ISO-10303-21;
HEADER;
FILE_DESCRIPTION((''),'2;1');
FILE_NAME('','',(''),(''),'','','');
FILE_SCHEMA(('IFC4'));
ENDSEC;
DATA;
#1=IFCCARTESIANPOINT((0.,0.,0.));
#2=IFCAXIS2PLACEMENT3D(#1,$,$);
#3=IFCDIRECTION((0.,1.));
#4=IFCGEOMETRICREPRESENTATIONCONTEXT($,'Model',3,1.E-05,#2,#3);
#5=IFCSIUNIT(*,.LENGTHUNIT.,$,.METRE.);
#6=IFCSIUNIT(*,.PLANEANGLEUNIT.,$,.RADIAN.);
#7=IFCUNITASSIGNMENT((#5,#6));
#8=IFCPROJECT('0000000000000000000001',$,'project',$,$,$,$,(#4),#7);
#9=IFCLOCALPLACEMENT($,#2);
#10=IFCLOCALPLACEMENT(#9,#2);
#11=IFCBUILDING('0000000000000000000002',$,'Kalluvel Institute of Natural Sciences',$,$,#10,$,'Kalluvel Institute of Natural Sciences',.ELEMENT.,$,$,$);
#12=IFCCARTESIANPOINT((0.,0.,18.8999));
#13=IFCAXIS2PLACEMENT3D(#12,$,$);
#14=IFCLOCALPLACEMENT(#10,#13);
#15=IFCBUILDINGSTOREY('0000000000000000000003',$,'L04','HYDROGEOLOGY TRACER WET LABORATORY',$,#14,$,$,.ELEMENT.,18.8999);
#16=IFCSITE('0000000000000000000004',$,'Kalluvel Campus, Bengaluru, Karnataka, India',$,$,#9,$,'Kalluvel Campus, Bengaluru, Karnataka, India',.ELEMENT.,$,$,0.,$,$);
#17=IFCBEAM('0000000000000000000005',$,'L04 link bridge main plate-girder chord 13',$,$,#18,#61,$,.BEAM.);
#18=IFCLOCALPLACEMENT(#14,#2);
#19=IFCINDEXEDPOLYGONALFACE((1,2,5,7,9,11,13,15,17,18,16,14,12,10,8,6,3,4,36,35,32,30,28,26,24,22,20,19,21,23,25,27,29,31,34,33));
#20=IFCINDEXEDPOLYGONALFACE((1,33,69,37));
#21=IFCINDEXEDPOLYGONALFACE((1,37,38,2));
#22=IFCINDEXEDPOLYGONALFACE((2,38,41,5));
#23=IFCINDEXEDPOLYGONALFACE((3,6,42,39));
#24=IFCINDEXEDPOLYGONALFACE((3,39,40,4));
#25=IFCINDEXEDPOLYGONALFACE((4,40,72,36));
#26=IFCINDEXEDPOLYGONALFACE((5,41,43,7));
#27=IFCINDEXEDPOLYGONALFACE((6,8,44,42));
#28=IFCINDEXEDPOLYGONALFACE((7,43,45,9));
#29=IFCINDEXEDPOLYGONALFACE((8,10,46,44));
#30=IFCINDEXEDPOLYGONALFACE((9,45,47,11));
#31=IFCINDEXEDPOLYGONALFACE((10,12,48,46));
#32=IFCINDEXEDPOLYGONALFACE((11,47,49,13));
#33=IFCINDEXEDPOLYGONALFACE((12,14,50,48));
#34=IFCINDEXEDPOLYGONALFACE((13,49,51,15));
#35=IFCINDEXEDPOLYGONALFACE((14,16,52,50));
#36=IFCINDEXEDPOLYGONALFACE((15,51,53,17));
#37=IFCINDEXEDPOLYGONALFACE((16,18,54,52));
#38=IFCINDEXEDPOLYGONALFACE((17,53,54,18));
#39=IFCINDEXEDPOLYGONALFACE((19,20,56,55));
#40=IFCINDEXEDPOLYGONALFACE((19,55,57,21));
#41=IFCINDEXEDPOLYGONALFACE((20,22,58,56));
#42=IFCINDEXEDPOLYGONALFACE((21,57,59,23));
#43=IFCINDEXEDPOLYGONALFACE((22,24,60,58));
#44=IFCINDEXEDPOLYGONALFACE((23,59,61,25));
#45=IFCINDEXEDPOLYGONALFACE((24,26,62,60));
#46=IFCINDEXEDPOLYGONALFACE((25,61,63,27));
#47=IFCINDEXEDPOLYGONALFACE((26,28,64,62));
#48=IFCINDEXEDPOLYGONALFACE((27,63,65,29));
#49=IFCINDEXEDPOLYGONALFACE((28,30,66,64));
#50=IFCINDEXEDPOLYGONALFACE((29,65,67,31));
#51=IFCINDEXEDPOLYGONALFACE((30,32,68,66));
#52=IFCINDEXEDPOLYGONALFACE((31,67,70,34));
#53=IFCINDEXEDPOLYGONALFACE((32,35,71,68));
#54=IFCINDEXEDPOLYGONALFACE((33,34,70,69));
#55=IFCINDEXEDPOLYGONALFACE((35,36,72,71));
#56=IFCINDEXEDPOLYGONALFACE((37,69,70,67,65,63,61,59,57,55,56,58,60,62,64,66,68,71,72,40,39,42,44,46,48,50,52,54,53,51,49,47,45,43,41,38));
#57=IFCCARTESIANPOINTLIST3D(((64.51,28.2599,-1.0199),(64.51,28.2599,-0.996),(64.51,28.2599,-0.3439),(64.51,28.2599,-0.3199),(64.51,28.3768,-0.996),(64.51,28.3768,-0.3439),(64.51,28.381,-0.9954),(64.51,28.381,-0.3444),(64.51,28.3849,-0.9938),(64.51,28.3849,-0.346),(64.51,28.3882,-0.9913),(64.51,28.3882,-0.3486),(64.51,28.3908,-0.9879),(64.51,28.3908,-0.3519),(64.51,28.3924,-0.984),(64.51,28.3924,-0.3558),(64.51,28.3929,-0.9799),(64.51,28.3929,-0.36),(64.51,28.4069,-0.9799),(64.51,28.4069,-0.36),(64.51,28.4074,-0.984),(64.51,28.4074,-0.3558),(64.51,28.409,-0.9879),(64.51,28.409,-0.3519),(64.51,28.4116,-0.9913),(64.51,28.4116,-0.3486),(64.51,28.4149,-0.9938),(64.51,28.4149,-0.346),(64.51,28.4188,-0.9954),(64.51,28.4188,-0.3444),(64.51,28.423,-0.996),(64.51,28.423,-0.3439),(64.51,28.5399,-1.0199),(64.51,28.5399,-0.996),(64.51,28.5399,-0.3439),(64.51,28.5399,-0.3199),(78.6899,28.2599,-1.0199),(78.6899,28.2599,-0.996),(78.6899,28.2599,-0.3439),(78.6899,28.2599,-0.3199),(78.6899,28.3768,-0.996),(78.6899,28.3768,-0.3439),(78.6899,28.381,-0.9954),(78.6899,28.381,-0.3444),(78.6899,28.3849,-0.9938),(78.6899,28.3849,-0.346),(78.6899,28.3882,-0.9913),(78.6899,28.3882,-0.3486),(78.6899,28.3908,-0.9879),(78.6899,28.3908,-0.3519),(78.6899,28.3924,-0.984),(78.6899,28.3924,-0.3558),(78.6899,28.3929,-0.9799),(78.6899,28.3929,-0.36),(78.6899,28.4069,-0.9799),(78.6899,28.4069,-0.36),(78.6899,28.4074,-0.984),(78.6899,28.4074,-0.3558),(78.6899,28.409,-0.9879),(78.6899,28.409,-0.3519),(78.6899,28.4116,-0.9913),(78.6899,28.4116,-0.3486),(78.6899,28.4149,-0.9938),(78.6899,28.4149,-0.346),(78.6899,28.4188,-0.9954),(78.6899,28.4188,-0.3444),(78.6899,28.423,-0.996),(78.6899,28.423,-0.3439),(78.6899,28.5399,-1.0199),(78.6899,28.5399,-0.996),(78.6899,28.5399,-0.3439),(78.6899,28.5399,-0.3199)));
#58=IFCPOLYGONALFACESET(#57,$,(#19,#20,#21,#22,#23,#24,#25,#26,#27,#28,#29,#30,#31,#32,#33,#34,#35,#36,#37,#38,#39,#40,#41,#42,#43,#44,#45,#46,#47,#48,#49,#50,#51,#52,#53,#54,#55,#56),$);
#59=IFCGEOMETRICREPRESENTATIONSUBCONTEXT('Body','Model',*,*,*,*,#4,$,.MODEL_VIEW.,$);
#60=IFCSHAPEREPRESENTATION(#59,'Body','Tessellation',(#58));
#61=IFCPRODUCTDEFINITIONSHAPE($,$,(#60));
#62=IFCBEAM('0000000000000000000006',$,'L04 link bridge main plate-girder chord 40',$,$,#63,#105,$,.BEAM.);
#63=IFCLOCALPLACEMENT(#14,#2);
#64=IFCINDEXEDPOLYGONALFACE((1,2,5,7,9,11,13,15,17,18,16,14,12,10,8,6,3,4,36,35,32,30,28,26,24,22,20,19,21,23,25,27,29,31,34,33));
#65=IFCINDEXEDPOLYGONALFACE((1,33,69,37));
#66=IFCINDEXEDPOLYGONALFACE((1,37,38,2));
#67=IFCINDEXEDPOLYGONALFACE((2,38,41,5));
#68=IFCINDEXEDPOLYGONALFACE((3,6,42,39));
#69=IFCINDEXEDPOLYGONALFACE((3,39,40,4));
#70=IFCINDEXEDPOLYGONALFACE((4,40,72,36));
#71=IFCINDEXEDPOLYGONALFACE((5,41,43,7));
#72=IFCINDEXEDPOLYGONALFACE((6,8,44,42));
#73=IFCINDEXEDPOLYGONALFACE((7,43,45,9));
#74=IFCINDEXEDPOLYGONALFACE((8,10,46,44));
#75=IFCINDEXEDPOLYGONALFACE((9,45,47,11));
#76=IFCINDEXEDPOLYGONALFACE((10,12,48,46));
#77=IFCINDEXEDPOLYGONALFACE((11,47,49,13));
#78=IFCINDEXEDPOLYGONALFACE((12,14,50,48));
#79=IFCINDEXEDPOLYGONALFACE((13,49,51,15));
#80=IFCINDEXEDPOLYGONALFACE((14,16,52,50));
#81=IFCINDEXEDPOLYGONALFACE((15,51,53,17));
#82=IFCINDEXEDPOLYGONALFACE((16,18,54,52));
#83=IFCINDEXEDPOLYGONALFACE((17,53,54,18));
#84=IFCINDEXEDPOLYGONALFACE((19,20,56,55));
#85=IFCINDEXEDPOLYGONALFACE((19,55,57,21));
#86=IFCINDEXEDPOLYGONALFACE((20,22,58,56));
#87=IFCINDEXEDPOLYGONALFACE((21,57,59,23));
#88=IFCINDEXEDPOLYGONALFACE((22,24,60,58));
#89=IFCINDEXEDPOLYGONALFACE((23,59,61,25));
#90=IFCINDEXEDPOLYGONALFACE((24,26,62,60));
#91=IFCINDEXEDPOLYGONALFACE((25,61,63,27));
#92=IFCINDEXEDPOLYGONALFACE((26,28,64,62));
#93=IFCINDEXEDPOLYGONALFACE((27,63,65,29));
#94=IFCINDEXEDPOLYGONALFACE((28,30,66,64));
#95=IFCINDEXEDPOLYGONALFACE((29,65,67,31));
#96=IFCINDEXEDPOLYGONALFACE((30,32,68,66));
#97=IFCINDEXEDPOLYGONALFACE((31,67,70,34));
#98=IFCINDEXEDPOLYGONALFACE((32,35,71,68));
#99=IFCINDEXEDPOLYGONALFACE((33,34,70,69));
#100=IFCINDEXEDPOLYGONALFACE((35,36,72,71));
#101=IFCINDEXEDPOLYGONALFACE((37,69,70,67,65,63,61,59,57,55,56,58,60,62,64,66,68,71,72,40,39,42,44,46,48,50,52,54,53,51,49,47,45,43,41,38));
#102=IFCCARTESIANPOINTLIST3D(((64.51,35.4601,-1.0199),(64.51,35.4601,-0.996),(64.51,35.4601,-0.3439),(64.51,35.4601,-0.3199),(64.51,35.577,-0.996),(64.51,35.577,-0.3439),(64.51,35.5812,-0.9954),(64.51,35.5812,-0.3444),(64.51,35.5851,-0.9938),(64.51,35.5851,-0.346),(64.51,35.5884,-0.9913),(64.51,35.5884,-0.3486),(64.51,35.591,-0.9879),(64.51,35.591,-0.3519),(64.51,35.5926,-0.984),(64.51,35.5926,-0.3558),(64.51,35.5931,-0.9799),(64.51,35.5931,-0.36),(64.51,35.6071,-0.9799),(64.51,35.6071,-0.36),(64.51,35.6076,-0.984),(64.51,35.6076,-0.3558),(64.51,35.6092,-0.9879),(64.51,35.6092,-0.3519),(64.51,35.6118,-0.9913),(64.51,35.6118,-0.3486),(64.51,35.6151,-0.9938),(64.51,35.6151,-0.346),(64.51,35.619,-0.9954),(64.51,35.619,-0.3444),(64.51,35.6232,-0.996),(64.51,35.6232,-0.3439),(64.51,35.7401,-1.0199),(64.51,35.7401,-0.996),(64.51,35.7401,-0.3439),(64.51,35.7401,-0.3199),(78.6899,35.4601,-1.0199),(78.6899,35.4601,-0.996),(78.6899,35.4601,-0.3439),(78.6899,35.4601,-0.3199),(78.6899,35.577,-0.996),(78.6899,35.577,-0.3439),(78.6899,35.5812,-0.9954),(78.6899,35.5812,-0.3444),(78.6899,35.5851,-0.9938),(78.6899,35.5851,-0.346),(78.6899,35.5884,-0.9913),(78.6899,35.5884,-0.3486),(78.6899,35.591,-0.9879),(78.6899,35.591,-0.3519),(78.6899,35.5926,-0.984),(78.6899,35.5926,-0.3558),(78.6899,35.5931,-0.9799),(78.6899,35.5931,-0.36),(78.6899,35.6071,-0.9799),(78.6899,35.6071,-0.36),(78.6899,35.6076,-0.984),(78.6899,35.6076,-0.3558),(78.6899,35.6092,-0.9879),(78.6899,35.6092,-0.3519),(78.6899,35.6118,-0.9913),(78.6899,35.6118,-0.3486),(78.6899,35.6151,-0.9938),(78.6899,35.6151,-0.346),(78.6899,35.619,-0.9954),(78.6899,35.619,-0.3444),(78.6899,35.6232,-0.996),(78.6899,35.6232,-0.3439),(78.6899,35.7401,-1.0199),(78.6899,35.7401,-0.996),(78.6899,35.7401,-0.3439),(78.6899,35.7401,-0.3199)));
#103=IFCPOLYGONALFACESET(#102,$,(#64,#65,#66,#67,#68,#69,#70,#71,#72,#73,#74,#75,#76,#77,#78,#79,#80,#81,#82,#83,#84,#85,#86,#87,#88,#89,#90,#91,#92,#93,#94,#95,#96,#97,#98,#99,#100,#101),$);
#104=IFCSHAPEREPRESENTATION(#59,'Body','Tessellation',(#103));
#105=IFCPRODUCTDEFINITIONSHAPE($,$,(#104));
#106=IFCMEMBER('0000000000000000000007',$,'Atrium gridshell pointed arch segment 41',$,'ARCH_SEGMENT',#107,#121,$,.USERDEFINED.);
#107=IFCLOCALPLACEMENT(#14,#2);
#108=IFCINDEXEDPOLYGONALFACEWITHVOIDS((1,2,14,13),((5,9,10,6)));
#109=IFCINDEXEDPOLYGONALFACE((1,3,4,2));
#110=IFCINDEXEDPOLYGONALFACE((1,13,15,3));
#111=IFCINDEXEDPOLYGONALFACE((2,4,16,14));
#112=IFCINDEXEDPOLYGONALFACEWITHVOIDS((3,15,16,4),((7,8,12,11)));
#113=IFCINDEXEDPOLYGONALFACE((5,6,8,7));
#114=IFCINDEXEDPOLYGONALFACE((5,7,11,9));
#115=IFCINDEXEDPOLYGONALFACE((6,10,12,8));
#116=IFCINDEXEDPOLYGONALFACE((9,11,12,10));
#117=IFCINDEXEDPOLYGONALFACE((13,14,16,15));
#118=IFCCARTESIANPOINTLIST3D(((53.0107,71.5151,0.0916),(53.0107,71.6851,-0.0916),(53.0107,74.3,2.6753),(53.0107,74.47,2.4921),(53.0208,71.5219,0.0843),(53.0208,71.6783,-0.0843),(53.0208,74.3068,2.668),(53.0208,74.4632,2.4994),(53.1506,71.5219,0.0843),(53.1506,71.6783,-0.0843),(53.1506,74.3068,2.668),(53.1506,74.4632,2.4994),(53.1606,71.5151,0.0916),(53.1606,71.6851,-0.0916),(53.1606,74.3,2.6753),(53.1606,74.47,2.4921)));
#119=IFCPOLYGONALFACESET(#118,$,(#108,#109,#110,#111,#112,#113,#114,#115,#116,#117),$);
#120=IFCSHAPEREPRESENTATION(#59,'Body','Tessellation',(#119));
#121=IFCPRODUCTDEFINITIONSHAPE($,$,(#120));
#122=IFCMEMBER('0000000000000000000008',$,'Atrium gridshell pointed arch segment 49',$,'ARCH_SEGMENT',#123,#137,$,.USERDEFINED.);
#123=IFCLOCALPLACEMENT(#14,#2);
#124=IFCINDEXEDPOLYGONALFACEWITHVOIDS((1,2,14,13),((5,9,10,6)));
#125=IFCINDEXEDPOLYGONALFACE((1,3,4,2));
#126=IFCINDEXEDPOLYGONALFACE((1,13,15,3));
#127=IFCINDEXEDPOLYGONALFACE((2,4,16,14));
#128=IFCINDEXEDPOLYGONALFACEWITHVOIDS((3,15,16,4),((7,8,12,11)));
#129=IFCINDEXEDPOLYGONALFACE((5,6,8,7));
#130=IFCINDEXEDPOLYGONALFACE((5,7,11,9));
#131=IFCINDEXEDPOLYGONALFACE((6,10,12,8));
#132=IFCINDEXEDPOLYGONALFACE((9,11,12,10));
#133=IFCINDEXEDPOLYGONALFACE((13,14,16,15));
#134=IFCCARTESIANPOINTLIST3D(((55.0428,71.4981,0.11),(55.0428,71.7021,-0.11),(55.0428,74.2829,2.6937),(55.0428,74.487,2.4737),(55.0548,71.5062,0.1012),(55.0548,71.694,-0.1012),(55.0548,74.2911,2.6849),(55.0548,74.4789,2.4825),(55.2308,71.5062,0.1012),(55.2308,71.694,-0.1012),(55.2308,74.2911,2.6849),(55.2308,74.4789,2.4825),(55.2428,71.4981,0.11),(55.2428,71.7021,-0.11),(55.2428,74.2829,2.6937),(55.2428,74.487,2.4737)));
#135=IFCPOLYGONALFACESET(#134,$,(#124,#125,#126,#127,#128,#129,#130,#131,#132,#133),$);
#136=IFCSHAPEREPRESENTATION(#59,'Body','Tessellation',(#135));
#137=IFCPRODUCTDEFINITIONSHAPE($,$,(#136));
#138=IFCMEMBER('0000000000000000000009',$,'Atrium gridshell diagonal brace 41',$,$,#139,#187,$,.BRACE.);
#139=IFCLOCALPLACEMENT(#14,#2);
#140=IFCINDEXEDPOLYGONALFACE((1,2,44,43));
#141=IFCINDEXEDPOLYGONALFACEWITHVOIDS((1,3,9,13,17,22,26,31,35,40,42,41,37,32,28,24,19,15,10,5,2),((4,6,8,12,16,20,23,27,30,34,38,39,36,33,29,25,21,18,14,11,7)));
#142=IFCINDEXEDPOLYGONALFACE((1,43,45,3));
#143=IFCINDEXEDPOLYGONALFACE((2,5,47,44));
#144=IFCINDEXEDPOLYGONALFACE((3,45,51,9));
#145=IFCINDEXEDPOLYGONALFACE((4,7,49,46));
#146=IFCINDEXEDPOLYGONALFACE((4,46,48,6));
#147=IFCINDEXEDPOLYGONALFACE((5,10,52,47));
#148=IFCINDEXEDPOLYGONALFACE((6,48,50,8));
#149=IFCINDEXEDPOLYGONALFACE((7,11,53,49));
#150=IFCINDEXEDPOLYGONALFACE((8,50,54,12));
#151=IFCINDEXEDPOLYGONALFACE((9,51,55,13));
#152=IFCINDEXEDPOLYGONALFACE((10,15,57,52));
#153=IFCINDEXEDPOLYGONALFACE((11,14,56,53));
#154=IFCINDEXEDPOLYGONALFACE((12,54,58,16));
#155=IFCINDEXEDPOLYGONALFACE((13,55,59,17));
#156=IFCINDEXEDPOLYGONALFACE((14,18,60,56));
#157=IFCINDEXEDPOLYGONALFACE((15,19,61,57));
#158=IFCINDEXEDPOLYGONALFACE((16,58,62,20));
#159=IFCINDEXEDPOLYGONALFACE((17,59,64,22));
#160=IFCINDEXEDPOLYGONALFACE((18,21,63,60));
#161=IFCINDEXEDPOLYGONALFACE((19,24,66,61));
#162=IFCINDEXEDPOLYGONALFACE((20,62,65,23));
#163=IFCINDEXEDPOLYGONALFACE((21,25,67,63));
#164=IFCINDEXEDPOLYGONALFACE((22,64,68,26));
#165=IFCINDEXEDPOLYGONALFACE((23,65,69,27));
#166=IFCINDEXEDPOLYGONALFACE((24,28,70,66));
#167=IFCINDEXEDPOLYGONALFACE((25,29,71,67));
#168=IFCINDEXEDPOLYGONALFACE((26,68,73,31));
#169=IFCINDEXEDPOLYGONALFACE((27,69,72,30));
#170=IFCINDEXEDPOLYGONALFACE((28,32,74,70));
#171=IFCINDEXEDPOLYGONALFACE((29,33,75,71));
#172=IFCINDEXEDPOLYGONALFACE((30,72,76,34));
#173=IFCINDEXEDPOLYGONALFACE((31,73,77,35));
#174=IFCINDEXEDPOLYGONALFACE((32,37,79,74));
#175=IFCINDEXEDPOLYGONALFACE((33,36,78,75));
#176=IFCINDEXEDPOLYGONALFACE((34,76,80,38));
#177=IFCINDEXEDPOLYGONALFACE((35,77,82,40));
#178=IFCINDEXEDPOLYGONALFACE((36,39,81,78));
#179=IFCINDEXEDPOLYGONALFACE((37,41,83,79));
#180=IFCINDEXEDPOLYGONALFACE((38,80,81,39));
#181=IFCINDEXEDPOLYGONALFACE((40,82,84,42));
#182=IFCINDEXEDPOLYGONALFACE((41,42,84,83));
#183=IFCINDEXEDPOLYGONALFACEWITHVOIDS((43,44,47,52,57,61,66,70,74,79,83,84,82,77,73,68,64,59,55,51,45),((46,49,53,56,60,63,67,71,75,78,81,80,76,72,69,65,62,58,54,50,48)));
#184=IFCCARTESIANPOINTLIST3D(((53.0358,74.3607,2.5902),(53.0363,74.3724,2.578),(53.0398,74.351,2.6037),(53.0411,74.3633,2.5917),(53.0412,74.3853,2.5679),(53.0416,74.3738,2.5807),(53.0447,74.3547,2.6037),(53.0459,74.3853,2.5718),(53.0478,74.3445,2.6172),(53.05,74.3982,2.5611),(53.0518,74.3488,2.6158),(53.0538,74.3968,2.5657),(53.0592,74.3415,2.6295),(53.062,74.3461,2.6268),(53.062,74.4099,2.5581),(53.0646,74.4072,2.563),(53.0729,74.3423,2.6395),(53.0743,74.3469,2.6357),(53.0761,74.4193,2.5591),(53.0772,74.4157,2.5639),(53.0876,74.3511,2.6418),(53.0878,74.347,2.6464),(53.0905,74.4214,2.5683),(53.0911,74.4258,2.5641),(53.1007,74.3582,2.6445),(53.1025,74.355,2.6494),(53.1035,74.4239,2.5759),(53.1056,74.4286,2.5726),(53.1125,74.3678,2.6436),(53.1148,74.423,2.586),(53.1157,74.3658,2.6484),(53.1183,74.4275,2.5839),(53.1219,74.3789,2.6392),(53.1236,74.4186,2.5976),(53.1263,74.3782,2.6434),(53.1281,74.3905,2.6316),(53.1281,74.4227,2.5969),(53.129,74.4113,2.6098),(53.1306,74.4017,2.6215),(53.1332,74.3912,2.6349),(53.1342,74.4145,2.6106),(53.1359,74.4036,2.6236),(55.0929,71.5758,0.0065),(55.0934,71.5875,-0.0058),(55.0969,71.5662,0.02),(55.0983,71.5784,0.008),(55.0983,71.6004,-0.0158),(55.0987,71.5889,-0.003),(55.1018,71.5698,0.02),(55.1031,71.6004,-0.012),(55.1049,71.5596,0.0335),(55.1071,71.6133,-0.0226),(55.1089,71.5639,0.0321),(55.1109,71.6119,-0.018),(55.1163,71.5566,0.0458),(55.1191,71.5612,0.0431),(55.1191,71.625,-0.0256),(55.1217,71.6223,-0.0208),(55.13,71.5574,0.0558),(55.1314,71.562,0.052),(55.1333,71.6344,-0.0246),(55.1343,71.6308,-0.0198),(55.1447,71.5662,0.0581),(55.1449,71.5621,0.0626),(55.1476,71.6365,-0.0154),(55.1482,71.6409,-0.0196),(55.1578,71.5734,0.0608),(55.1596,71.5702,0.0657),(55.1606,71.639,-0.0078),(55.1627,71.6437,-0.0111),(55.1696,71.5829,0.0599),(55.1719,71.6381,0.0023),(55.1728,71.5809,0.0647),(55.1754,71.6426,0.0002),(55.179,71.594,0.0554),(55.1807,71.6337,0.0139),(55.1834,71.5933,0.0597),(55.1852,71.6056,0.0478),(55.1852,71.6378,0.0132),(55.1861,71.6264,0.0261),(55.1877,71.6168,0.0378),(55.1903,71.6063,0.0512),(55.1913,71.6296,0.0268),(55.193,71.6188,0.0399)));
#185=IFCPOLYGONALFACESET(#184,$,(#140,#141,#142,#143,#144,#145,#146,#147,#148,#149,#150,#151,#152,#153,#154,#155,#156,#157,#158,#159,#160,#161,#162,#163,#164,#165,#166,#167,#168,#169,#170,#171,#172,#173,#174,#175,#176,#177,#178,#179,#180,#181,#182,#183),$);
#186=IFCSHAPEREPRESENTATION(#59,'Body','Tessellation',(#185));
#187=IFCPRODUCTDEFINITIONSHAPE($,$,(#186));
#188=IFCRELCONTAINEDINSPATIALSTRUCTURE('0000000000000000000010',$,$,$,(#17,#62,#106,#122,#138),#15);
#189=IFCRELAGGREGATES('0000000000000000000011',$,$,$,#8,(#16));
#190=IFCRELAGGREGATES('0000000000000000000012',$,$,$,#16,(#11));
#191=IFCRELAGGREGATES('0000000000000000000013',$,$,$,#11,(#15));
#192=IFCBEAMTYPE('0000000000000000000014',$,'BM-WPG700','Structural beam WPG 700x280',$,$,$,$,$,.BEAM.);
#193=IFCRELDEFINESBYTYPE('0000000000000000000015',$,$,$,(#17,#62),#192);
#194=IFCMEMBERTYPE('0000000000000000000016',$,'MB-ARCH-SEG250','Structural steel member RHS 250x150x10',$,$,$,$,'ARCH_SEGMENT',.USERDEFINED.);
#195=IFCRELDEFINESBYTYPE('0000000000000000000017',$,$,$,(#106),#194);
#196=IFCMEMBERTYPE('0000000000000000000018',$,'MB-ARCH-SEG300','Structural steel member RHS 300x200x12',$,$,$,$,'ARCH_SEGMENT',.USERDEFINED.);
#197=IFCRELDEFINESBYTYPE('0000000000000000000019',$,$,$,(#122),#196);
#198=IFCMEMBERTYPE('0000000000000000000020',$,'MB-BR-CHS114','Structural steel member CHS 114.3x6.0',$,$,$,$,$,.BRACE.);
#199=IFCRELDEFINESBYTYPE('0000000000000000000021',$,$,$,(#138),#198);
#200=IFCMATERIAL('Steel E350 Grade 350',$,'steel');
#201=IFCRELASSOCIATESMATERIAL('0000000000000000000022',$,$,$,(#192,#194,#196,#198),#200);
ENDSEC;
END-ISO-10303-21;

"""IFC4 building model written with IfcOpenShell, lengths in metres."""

from ifc_helpers import new_model, si_unit, direction, frame, origin, origin_2d, place, context, subcontext, project, spatial, hollow_rectangle, hollow_circle, i_section, extrude, material, material_profile, profile_set, type_object, element, save


model = new_model("IFC4")

# Units and contexts
model_context = context("Model", 3, precision=1e-05, world=origin(), true_north=direction((0.0, 1.0)))
body_context = subcontext(model_context, "Body", "Model", "MODEL_VIEW")
ifc_project = project(units=[si_unit("LENGTHUNIT", "METRE"), si_unit("PLANEANGLEUNIT", "RADIAN")], contexts=[model_context])

# Site, building, storey
site_placement = place(None, origin())
site = spatial("IfcSite", under=ifc_project, at=site_placement, Name="Kalluvel Campus, Bengaluru, Karnataka, India", LongName="Kalluvel Campus, Bengaluru, Karnataka, India", CompositionType="ELEMENT", RefElevation=0.0)
building_placement = place(site_placement, origin())
building = spatial("IfcBuilding", under=site, at=building_placement, Name="Kalluvel Institute of Natural Sciences", LongName="Kalluvel Institute of Natural Sciences", CompositionType="ELEMENT")
storey_placement = place(building_placement, frame((0.0, 0.0, 18.8999)))
storey = spatial("IfcBuildingStorey", under=building, at=storey_placement, Name="L04", Description="HYDROGEOLOGY TRACER WET LABORATORY", CompositionType="ELEMENT", Elevation=18.8999)

# Beams
ifc_material_1 = material(Name="Steel E350 Grade 350", Category="steel")
ifc_material_profile_1 = material_profile(ifc_material_1, i_section(OverallWidth=0.28, OverallDepth=0.7, WebThickness=0.0139, FlangeThickness=0.0239, FilletRadius=0.0161, at=origin_2d()), Name="WPG 700x280")
ifc_profile_set_1 = profile_set([ifc_material_profile_1], Name="Steel E350 Grade 350")
beam_type_1 = type_object("IfcBeamType", Name="BM-WPG700", Description="Structural beam WPG 700x280", PredefinedType="BEAM", material=ifc_profile_set_1)
for number, where, z_axis, x_axis, name in (
    (1, (64.51, 28.3999, -0.6699), (1.0, 0.0, 0.0), (0.0, 1.0, 0.0), "L04 link bridge main plate-girder chord 13"),
    (2, (64.51, 35.6001, -0.6699), (1.0, 0.0, 0.0), (0.0, 1.0, 0.0), "L04 link bridge main plate-girder chord 40"),
):
    element("IfcBeam", number, at=place(storey_placement, frame(where, z_axis=z_axis, x_axis=x_axis)), inside=storey, type_object=beam_type_1, Name=name, PredefinedType="BEAM", context=body_context, shape_type="SweptSolid", body=[
        extrude(i_section(OverallWidth=0.28, OverallDepth=0.7, WebThickness=0.0139, FlangeThickness=0.0239, FilletRadius=0.0161, at=origin_2d()), origin(), (0.0, 0.0, 1.0), 14.1799),
    ])

# Members
ifc_material_profile_2 = material_profile(ifc_material_1, hollow_rectangle(XDim=0.1499, YDim=0.25, WallThickness=0.01, at=origin_2d()), Name="RHS 250x150x10")
ifc_profile_set_2 = profile_set([ifc_material_profile_2], Name="Steel E350 Grade 350")
member_type_1 = type_object("IfcMemberType", Name="MB-ARCH-SEG250", Description="Structural steel member RHS 250x150x10", ElementType="ARCH_SEGMENT", PredefinedType="USERDEFINED", material=ifc_profile_set_2)
member_1_placement = place(storey_placement, frame((53.0857, 71.6001, 0.0), z_axis=(0.0, 0.733089, 0.680133), x_axis=(-1.0, 0.0, 0.0)))
element("IfcMember", 3, at=member_1_placement, inside=storey, type_object=member_type_1, Name="Atrium gridshell pointed arch segment 41", ObjectType="ARCH_SEGMENT", PredefinedType="USERDEFINED", context=body_context, shape_type="SweptSolid", body=[
    extrude(hollow_rectangle(XDim=0.1499, YDim=0.25, WallThickness=0.01, at=origin_2d()), origin(), (0.0, 0.0, 1.0), 3.7988),
])
ifc_material_profile_3 = material_profile(ifc_material_1, hollow_rectangle(XDim=0.2, YDim=0.3, WallThickness=0.012, at=origin_2d()), Name="RHS 300x200x12")
ifc_profile_set_3 = profile_set([ifc_material_profile_3], Name="Steel E350 Grade 350")
member_type_2 = type_object("IfcMemberType", Name="MB-ARCH-SEG300", Description="Structural steel member RHS 300x200x12", ElementType="ARCH_SEGMENT", PredefinedType="USERDEFINED", material=ifc_profile_set_3)
member_2_placement = place(storey_placement, frame((55.1428, 71.6001, 0.0), z_axis=(0.0, 0.733089, 0.680133), x_axis=(-1.0, 0.0, 0.0)))
element("IfcMember", 4, at=member_2_placement, inside=storey, type_object=member_type_2, Name="Atrium gridshell pointed arch segment 49", ObjectType="ARCH_SEGMENT", PredefinedType="USERDEFINED", context=body_context, shape_type="SweptSolid", body=[
    extrude(hollow_rectangle(XDim=0.2, YDim=0.3, WallThickness=0.012, at=origin_2d()), origin(), (0.0, 0.0, 1.0), 3.7988),
])
ifc_material_profile_4 = material_profile(ifc_material_1, hollow_circle(Radius=0.0571, WallThickness=0.0061, at=origin_2d()), Name="CHS 114.3x6.0")
ifc_profile_set_4 = profile_set([ifc_material_profile_4], Name="Steel E350 Grade 350")
member_type_3 = type_object("IfcMemberType", Name="MB-BR-CHS114", Description="Structural steel member CHS 114.3x6.0", PredefinedType="BRACE", material=ifc_profile_set_4)
member_3_placement = place(storey_placement, frame((55.1428, 71.6001, 0.02), z_axis=(-0.476177, 0.644641, 0.598075), x_axis=(-0.804353, -0.594151, 0.0)))
element("IfcMember", 5, at=member_3_placement, inside=storey, type_object=member_type_3, Name="Atrium gridshell diagonal brace 41", PredefinedType="BRACE", context=body_context, shape_type="SweptSolid", body=[
    extrude(hollow_circle(Radius=0.0571, WallThickness=0.0061, at=origin_2d()), origin(), (0.0, 0.0, 1.0), 4.3201),
])

save(model, "model.ifc")
